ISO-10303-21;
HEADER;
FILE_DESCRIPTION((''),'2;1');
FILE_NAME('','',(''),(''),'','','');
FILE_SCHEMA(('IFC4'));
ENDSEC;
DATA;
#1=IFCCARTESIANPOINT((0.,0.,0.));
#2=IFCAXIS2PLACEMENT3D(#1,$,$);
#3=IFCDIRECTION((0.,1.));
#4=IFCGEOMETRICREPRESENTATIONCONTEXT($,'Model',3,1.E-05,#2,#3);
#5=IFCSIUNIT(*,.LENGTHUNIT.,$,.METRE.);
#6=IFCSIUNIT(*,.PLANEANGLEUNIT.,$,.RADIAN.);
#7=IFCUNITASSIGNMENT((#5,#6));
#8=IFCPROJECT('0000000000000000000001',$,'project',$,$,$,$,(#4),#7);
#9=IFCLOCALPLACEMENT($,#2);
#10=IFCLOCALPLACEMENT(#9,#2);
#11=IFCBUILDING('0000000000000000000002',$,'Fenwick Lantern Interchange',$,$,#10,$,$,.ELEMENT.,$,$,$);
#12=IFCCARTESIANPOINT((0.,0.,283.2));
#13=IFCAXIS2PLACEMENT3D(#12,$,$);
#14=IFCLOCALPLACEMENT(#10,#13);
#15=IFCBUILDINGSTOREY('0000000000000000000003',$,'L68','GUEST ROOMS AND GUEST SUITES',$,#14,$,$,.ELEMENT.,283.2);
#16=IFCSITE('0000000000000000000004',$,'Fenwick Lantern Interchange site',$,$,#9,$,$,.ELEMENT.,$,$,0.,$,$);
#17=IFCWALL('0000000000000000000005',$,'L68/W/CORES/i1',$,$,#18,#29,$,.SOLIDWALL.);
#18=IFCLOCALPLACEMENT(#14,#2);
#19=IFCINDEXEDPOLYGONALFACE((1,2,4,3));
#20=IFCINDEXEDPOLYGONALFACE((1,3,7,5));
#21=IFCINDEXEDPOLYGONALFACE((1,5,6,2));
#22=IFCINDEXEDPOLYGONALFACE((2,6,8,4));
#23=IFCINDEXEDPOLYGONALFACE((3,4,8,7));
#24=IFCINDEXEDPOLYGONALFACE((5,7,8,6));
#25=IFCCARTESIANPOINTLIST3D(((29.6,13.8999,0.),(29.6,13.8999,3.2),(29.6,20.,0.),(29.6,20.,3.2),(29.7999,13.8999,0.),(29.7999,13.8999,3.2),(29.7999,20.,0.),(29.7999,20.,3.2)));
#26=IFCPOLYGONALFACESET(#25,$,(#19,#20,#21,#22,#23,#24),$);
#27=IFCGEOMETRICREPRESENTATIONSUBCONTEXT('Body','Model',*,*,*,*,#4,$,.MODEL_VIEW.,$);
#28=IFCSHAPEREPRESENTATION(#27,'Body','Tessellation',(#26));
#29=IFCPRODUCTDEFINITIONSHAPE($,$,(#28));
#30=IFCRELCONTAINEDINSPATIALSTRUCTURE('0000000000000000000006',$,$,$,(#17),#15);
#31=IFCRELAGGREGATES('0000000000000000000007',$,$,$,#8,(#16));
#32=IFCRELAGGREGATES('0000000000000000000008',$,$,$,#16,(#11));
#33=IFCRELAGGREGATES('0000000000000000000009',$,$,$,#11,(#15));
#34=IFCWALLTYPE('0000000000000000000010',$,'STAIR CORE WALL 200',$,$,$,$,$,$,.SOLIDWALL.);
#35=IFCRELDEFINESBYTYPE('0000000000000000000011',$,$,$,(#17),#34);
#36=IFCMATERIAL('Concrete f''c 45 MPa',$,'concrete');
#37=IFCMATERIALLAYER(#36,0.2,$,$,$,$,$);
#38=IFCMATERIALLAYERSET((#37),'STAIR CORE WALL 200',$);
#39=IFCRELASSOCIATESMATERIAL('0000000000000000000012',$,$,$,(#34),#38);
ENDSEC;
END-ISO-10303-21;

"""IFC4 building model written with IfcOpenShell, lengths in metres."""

from ifc_helpers import new_model, si_unit, direction, frame, frame_2d, origin, place, context, subcontext, project, spatial, rectangle, extrude, material, layer, layer_set, type_object, element, save


model = new_model("IFC4")

# Units and contexts
model_context = context("Model", 3, precision=1e-05, world=origin(), true_north=direction((0.0, 1.0)))
body_context = subcontext(model_context, "Body", "Model", "MODEL_VIEW")
ifc_project = project(units=[si_unit("LENGTHUNIT", "METRE"), si_unit("PLANEANGLEUNIT", "RADIAN")], contexts=[model_context])

# Site, building, storey
site_placement = place(None, origin())
site = spatial("IfcSite", under=ifc_project, at=site_placement, Name="Fenwick Lantern Interchange site", CompositionType="ELEMENT", RefElevation=0.0)
building_placement = place(site_placement, origin())
building = spatial("IfcBuilding", under=site, at=building_placement, Name="Fenwick Lantern Interchange", CompositionType="ELEMENT")
storey_placement = place(building_placement, frame((0.0, 0.0, 283.2)))
storey = spatial("IfcBuildingStorey", under=building, at=storey_placement, Name="L68", Description="GUEST ROOMS AND GUEST SUITES", CompositionType="ELEMENT", Elevation=283.2)

# Wall
ifc_material_1 = material(Name="Concrete f'c 45 MPa", Category="concrete")
ifc_layer_1 = layer(ifc_material_1, 0.2)
ifc_layer_set_1 = layer_set([ifc_layer_1], Name="STAIR CORE WALL 200")
wall_type_1 = type_object("IfcWallType", Name="STAIR CORE WALL 200", PredefinedType="SOLIDWALL", material=ifc_layer_set_1)
wall_1_placement = place(storey_placement, frame((29.7, 13.8999, 0.0), z_axis=(0.0, 0.0, 1.0), x_axis=(0.0, 1.0, 0.0)))
element("IfcWall", 1, at=wall_1_placement, inside=storey, type_object=wall_type_1, Name="L68/W/CORES/i1", PredefinedType="SOLIDWALL", context=body_context, shape_type="SweptSolid", body=[
    extrude(rectangle(XDim=6.1001, YDim=0.2, at=frame_2d((3.05, 0.0))), origin(), (0.0, 0.0, 1.0), 3.2),
])

save(model, "model.ifc")
